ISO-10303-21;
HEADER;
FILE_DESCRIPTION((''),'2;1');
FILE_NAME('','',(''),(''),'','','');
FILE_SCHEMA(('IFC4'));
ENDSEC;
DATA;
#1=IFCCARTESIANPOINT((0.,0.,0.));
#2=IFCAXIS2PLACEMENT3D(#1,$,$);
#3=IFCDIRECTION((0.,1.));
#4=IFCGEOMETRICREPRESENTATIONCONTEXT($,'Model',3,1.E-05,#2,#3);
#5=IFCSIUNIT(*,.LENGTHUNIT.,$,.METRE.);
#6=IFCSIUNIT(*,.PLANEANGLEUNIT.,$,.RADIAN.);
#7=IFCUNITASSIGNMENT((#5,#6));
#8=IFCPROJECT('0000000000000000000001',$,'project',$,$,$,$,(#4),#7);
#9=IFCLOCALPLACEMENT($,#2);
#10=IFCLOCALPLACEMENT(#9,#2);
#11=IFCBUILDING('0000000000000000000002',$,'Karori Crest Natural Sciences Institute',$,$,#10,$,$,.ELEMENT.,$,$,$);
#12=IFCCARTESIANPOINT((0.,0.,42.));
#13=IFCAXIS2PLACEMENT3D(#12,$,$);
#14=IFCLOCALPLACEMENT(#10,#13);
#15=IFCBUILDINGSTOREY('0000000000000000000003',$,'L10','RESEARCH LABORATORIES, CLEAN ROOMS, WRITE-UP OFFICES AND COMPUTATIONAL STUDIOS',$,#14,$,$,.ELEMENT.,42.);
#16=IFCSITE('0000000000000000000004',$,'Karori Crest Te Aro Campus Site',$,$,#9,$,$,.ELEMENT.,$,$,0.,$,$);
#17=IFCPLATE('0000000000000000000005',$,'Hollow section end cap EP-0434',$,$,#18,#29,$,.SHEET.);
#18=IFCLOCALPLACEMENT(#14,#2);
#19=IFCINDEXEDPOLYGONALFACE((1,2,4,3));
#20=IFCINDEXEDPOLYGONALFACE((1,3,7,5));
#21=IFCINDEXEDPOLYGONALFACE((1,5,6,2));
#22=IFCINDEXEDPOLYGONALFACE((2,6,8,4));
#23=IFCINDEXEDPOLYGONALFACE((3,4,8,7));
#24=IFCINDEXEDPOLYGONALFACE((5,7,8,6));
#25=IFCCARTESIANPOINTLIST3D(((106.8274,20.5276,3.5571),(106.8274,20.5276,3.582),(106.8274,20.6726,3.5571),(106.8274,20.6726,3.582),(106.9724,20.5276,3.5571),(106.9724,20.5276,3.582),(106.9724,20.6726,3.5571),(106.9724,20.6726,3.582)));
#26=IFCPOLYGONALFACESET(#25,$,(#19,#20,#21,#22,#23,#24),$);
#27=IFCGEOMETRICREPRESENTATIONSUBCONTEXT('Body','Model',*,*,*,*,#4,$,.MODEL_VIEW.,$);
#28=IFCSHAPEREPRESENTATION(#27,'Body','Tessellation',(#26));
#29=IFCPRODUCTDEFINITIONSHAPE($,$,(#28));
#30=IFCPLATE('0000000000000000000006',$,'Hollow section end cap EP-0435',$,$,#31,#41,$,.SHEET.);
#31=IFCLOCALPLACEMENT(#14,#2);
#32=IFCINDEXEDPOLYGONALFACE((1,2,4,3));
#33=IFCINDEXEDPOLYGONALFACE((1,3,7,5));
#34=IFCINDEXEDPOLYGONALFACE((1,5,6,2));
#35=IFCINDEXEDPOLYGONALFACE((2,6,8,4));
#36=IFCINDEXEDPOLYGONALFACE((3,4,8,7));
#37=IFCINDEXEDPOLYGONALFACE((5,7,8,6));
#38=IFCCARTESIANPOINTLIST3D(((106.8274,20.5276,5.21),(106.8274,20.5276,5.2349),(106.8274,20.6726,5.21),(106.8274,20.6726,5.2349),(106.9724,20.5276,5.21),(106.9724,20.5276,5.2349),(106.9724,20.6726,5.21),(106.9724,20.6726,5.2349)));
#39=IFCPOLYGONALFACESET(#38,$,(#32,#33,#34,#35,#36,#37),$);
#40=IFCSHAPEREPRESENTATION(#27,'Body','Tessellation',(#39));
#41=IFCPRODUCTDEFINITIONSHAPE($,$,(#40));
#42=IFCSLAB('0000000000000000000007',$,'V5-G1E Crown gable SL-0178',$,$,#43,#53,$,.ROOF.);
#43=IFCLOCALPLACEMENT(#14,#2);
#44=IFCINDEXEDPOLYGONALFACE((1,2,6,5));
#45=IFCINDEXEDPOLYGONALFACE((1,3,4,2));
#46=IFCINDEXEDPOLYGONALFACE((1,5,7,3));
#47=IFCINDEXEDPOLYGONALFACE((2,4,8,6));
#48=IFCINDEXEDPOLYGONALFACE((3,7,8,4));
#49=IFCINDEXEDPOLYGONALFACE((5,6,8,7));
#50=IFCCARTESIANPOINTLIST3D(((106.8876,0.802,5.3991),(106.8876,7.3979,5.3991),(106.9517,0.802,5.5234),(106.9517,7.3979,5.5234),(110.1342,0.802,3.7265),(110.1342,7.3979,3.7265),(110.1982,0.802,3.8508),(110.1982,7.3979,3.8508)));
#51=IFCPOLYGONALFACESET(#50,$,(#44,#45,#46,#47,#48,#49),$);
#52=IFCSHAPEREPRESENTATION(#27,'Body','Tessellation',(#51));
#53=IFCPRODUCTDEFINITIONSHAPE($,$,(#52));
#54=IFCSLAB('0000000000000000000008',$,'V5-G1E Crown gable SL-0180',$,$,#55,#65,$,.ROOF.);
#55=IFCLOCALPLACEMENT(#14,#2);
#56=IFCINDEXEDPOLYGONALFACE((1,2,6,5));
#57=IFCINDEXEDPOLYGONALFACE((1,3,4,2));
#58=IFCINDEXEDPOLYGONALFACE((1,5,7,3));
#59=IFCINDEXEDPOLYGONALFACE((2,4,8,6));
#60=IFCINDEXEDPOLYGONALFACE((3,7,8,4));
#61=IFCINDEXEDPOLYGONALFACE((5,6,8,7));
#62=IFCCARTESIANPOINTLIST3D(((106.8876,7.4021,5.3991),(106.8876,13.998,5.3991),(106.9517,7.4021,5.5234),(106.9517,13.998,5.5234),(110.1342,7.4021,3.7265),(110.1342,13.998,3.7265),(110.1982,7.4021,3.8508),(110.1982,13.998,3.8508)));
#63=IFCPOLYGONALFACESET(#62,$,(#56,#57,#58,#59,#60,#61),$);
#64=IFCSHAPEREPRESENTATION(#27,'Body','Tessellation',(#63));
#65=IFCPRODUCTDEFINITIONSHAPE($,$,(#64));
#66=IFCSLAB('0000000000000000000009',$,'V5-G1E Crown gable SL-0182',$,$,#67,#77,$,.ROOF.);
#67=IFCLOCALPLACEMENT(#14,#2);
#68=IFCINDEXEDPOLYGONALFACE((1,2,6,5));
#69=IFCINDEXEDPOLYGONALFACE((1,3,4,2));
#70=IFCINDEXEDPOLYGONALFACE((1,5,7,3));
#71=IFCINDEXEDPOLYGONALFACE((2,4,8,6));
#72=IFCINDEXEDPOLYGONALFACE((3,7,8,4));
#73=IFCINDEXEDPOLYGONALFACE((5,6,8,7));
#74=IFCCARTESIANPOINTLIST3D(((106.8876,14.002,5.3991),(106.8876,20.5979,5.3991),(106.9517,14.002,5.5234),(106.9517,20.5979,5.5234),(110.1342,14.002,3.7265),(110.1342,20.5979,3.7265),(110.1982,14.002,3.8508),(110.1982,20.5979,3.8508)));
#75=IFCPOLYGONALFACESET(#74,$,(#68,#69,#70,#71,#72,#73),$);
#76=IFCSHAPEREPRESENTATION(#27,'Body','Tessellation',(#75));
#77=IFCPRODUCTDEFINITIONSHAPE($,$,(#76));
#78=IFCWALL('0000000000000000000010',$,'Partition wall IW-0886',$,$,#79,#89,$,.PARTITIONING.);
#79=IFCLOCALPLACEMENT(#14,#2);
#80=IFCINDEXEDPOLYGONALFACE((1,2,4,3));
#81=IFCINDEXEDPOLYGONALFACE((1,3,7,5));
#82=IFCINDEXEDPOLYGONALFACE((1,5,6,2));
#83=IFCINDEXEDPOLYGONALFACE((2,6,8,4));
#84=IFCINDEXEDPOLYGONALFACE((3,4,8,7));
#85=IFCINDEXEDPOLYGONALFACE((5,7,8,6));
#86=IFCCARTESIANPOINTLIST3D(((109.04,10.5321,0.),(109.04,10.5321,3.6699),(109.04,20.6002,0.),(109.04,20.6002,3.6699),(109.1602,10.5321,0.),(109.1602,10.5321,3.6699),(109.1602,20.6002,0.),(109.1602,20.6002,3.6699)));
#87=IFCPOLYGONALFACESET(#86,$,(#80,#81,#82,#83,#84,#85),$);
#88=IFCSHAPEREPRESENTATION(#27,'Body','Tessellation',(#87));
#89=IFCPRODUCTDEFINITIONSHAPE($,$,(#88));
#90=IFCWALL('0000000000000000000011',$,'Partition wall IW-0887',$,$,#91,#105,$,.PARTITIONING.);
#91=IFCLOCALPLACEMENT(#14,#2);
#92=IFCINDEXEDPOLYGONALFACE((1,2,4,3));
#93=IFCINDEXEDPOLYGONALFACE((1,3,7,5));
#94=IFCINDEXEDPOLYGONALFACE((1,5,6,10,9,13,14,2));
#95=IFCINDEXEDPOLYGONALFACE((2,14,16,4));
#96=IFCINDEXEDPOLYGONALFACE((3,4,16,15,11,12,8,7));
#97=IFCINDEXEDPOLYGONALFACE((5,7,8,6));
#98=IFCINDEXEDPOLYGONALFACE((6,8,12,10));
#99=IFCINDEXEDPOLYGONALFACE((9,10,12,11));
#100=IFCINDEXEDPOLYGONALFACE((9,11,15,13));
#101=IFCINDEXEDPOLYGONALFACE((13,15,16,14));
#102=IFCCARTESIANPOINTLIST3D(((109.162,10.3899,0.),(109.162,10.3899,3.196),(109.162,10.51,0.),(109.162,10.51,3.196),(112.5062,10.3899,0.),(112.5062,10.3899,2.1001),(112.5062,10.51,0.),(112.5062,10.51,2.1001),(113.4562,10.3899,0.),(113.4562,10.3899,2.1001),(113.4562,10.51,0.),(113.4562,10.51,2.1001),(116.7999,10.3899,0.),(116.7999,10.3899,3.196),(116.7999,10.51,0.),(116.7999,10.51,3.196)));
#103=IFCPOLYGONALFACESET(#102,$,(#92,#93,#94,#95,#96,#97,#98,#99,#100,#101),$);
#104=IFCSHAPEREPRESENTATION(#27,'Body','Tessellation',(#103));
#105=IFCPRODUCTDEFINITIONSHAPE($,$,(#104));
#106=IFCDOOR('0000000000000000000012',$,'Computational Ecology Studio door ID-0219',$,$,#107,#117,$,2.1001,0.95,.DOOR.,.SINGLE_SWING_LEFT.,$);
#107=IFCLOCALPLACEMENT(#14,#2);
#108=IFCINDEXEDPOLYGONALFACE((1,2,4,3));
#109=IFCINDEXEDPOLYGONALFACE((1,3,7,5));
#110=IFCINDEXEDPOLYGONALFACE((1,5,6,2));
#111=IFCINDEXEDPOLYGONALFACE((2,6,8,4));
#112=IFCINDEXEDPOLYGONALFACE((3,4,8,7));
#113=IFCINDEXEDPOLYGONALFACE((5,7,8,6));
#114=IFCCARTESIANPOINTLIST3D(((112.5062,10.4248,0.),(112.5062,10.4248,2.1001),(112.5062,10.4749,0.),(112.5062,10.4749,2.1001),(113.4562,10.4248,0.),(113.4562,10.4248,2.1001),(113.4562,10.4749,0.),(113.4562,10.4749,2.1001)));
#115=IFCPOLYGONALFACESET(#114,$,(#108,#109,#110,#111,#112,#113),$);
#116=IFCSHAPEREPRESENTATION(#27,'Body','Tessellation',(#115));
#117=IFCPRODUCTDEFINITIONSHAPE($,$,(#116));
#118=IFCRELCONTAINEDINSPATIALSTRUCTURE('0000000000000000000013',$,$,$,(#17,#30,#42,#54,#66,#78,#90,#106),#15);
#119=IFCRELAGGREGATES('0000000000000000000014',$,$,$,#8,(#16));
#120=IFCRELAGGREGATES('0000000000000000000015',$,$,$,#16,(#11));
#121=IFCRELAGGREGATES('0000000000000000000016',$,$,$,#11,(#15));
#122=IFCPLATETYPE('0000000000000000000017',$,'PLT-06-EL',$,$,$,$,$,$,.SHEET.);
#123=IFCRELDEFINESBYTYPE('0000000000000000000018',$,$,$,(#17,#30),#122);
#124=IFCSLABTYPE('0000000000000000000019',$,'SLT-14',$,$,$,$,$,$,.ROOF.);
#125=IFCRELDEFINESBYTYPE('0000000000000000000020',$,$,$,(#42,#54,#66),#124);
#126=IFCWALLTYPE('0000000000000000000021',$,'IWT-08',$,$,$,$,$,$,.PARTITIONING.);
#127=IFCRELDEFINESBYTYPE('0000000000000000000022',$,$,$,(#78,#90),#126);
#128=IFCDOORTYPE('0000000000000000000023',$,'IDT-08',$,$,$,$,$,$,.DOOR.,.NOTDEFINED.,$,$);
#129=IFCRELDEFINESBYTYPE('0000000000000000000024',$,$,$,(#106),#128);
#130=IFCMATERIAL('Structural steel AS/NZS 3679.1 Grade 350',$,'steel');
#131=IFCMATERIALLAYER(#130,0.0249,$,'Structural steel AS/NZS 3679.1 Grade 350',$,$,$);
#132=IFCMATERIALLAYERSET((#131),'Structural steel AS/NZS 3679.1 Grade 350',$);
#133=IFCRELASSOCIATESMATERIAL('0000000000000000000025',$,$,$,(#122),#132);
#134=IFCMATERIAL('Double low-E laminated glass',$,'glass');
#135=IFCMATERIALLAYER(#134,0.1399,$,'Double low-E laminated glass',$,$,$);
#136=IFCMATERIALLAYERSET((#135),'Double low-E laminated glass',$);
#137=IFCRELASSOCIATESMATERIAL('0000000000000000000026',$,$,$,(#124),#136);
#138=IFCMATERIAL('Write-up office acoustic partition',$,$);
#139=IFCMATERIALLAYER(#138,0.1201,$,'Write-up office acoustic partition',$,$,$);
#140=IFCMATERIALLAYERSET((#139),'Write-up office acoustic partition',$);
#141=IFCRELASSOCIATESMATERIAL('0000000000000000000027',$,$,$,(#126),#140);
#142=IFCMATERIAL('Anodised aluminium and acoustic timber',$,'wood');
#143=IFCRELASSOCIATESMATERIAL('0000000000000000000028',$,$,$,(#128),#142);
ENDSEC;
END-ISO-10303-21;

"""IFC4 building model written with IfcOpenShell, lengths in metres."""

from ifc_helpers import new_model, si_unit, direction, frame, frame_2d, origin, origin_2d, place, context, subcontext, project, spatial, polyline, rectangle, outline, extrude, material, layer, layer_set, type_object, element, fill, save


model = new_model("IFC4")

# Units and contexts
model_context = context("Model", 3, precision=1e-05, world=origin(), true_north=direction((0.0, 1.0)))
body_context = subcontext(model_context, "Body", "Model", "MODEL_VIEW")
ifc_project = project(units=[si_unit("LENGTHUNIT", "METRE"), si_unit("PLANEANGLEUNIT", "RADIAN")], contexts=[model_context])

# Site, building, storey
site_placement = place(None, origin())
site = spatial("IfcSite", under=ifc_project, at=site_placement, Name="Karori Crest Te Aro Campus Site", CompositionType="ELEMENT", RefElevation=0.0)
building_placement = place(site_placement, origin())
building = spatial("IfcBuilding", under=site, at=building_placement, Name="Karori Crest Natural Sciences Institute", CompositionType="ELEMENT")
storey_placement = place(building_placement, frame((0.0, 0.0, 42.0)))
storey = spatial("IfcBuildingStorey", under=building, at=storey_placement, Name="L10", Description="RESEARCH LABORATORIES, CLEAN ROOMS, WRITE-UP OFFICES AND COMPUTATIONAL STUDIOS", CompositionType="ELEMENT", Elevation=42.0)

# Shared definitions
ifc_material_1 = material(Name="Structural steel AS/NZS 3679.1 Grade 350", Category="steel")

# Shared definitions
ifc_material_2 = material(Name="Double low-E laminated glass", Category="glass")

# Plates
ifc_layer_1 = layer(ifc_material_1, 0.0249, Name="Structural steel AS/NZS 3679.1 Grade 350")
ifc_layer_set_1 = layer_set([ifc_layer_1], Name="Structural steel AS/NZS 3679.1 Grade 350")
plate_type_1 = type_object("IfcPlateType", Name="PLT-06-EL", PredefinedType="SHEET", material=ifc_layer_set_1)
for number, where, z_axis, x_axis, name in (
    (1, (106.8999, 20.6001, 3.5571), (0.0, 0.0, 1.0), (1.0, 0.0, 0.0), "Hollow section end cap EP-0434"),
    (2, (106.8999, 20.6001, 5.21), (0.0, 0.0, 1.0), (1.0, 0.0, 0.0), "Hollow section end cap EP-0435"),
):
    element("IfcPlate", number, at=place(storey_placement, frame(where, z_axis=z_axis, x_axis=x_axis)), inside=storey, type_object=plate_type_1, Name=name, PredefinedType="SHEET", context=body_context, shape_type="SweptSolid", body=[
        extrude(rectangle(XDim=0.145, YDim=0.145, at=origin_2d()), origin(), (0.0, 0.0, 1.0), 0.0249),
    ])

# Slabs
ifc_layer_2 = layer(ifc_material_2, 0.1399, Name="Double low-E laminated glass")
ifc_layer_set_2 = layer_set([ifc_layer_2], Name="Double low-E laminated glass")
slab_type = type_object("IfcSlabType", Name="SLT-14", PredefinedType="ROOF", material=ifc_layer_set_2)
for number, where, z_axis, x_axis, name in (
    (3, (106.9517, 0.802, 5.5234), (0.457984, 0.0, 0.888961), (0.888961, 0.0, -0.457984), "V5-G1E Crown gable SL-0178"),
    (4, (106.9517, 7.4021, 5.5234), (0.457984, 0.0, 0.888961), (0.888961, 0.0, -0.457984), "V5-G1E Crown gable SL-0180"),
    (5, (106.9517, 14.002, 5.5234), (0.457984, 0.0, 0.888961), (0.888961, 0.0, -0.457984), "V5-G1E Crown gable SL-0182"),
):
    element("IfcSlab", number, at=place(storey_placement, frame(where, z_axis=z_axis, x_axis=x_axis)), inside=storey, type_object=slab_type, Name=name, PredefinedType="ROOF", context=body_context, shape_type="SweptSolid", body=[
        extrude(outline(polyline([(0.0, 0.0), (3.6521, 0.0), (3.6521, 6.5959), (0.0, 6.5959), (0.0, 0.0)])), origin(), (0.0, 0.0, -1.0), 0.1399),
    ])

# Wall
ifc_material_3 = material(Name="Write-up office acoustic partition")
ifc_layer_3 = layer(ifc_material_3, 0.1201, Name="Write-up office acoustic partition")
ifc_layer_set_3 = layer_set([ifc_layer_3], Name="Write-up office acoustic partition")
wall_type_1 = type_object("IfcWallType", Name="IWT-08", PredefinedType="PARTITIONING", material=ifc_layer_set_3)
wall_1_placement = place(storey_placement, frame((109.1001, 10.532, 0.0), z_axis=(0.0, 0.0, 1.0), x_axis=(0.0, 1.0, 0.0)))
element("IfcWall", 6, at=wall_1_placement, inside=storey, type_object=wall_type_1, Name="Partition wall IW-0886", PredefinedType="PARTITIONING", context=body_context, shape_type="SweptSolid", body=[
    extrude(rectangle(XDim=10.0681, YDim=0.1201, at=frame_2d((5.0342, 0.0))), origin(), (0.0, 0.0, 1.0), 3.6699),
])

# Wall, opening, door
wall_2_placement = place(storey_placement, frame((109.1621, 10.45, 0.0), z_axis=(0.0, 0.0, 1.0), x_axis=(1.0, 0.0, 0.0)))
wall_2 = element("IfcWall", 7, at=wall_2_placement, inside=storey, type_object=wall_type_1, Name="Partition wall IW-0887", PredefinedType="PARTITIONING", context=body_context, shape_type="SweptSolid", body=[
    extrude(rectangle(XDim=7.6379, YDim=0.1201, at=frame_2d((3.8188, 0.0))), origin(), (0.0, 0.0, 1.0), 3.196),
])
opening_1_placement = place(wall_2_placement, frame((3.344, 0.0, 0.0)))
opening_1 = element("IfcOpeningElement", 8, at=opening_1_placement, cuts=wall_2, PredefinedType="OPENING", context=body_context, shape_type="SweptSolid", body=[
    extrude(rectangle(XDim=0.95, YDim=2.1001, at=frame_2d((0.4751, 1.05))), frame((0.0, 0.0701, 0.0), z_axis=(0.0, -1.0, 0.0), x_axis=(1.0, 0.0, 0.0)), (0.0, 0.0, 1.0), 0.1401),
])
ifc_material_4 = material(Name="Anodised aluminium and acoustic timber", Category="wood")
door_type_1 = type_object("IfcDoorType", Name="IDT-08", OperationType="NOTDEFINED", PredefinedType="DOOR", material=ifc_material_4)
door_1_placement = place(opening_1_placement, origin())
door_1 = element("IfcDoor", 9, at=door_1_placement, inside=storey, type_object=door_type_1, Name="Computational Ecology Studio door ID-0219", OperationType="SINGLE_SWING_LEFT", OverallHeight=2.1001, OverallWidth=0.95, PredefinedType="DOOR", context=body_context, shape_type="SweptSolid", body=[
    extrude(rectangle(XDim=0.95, YDim=2.1001, at=frame_2d((0.4751, 1.05))), frame((0.0, 0.0249, 0.0), z_axis=(0.0, -1.0, 0.0), x_axis=(1.0, 0.0, 0.0)), (0.0, 0.0, 1.0), 0.05),
])
fill(opening_1, door_1)

save(model, "model.ifc")
